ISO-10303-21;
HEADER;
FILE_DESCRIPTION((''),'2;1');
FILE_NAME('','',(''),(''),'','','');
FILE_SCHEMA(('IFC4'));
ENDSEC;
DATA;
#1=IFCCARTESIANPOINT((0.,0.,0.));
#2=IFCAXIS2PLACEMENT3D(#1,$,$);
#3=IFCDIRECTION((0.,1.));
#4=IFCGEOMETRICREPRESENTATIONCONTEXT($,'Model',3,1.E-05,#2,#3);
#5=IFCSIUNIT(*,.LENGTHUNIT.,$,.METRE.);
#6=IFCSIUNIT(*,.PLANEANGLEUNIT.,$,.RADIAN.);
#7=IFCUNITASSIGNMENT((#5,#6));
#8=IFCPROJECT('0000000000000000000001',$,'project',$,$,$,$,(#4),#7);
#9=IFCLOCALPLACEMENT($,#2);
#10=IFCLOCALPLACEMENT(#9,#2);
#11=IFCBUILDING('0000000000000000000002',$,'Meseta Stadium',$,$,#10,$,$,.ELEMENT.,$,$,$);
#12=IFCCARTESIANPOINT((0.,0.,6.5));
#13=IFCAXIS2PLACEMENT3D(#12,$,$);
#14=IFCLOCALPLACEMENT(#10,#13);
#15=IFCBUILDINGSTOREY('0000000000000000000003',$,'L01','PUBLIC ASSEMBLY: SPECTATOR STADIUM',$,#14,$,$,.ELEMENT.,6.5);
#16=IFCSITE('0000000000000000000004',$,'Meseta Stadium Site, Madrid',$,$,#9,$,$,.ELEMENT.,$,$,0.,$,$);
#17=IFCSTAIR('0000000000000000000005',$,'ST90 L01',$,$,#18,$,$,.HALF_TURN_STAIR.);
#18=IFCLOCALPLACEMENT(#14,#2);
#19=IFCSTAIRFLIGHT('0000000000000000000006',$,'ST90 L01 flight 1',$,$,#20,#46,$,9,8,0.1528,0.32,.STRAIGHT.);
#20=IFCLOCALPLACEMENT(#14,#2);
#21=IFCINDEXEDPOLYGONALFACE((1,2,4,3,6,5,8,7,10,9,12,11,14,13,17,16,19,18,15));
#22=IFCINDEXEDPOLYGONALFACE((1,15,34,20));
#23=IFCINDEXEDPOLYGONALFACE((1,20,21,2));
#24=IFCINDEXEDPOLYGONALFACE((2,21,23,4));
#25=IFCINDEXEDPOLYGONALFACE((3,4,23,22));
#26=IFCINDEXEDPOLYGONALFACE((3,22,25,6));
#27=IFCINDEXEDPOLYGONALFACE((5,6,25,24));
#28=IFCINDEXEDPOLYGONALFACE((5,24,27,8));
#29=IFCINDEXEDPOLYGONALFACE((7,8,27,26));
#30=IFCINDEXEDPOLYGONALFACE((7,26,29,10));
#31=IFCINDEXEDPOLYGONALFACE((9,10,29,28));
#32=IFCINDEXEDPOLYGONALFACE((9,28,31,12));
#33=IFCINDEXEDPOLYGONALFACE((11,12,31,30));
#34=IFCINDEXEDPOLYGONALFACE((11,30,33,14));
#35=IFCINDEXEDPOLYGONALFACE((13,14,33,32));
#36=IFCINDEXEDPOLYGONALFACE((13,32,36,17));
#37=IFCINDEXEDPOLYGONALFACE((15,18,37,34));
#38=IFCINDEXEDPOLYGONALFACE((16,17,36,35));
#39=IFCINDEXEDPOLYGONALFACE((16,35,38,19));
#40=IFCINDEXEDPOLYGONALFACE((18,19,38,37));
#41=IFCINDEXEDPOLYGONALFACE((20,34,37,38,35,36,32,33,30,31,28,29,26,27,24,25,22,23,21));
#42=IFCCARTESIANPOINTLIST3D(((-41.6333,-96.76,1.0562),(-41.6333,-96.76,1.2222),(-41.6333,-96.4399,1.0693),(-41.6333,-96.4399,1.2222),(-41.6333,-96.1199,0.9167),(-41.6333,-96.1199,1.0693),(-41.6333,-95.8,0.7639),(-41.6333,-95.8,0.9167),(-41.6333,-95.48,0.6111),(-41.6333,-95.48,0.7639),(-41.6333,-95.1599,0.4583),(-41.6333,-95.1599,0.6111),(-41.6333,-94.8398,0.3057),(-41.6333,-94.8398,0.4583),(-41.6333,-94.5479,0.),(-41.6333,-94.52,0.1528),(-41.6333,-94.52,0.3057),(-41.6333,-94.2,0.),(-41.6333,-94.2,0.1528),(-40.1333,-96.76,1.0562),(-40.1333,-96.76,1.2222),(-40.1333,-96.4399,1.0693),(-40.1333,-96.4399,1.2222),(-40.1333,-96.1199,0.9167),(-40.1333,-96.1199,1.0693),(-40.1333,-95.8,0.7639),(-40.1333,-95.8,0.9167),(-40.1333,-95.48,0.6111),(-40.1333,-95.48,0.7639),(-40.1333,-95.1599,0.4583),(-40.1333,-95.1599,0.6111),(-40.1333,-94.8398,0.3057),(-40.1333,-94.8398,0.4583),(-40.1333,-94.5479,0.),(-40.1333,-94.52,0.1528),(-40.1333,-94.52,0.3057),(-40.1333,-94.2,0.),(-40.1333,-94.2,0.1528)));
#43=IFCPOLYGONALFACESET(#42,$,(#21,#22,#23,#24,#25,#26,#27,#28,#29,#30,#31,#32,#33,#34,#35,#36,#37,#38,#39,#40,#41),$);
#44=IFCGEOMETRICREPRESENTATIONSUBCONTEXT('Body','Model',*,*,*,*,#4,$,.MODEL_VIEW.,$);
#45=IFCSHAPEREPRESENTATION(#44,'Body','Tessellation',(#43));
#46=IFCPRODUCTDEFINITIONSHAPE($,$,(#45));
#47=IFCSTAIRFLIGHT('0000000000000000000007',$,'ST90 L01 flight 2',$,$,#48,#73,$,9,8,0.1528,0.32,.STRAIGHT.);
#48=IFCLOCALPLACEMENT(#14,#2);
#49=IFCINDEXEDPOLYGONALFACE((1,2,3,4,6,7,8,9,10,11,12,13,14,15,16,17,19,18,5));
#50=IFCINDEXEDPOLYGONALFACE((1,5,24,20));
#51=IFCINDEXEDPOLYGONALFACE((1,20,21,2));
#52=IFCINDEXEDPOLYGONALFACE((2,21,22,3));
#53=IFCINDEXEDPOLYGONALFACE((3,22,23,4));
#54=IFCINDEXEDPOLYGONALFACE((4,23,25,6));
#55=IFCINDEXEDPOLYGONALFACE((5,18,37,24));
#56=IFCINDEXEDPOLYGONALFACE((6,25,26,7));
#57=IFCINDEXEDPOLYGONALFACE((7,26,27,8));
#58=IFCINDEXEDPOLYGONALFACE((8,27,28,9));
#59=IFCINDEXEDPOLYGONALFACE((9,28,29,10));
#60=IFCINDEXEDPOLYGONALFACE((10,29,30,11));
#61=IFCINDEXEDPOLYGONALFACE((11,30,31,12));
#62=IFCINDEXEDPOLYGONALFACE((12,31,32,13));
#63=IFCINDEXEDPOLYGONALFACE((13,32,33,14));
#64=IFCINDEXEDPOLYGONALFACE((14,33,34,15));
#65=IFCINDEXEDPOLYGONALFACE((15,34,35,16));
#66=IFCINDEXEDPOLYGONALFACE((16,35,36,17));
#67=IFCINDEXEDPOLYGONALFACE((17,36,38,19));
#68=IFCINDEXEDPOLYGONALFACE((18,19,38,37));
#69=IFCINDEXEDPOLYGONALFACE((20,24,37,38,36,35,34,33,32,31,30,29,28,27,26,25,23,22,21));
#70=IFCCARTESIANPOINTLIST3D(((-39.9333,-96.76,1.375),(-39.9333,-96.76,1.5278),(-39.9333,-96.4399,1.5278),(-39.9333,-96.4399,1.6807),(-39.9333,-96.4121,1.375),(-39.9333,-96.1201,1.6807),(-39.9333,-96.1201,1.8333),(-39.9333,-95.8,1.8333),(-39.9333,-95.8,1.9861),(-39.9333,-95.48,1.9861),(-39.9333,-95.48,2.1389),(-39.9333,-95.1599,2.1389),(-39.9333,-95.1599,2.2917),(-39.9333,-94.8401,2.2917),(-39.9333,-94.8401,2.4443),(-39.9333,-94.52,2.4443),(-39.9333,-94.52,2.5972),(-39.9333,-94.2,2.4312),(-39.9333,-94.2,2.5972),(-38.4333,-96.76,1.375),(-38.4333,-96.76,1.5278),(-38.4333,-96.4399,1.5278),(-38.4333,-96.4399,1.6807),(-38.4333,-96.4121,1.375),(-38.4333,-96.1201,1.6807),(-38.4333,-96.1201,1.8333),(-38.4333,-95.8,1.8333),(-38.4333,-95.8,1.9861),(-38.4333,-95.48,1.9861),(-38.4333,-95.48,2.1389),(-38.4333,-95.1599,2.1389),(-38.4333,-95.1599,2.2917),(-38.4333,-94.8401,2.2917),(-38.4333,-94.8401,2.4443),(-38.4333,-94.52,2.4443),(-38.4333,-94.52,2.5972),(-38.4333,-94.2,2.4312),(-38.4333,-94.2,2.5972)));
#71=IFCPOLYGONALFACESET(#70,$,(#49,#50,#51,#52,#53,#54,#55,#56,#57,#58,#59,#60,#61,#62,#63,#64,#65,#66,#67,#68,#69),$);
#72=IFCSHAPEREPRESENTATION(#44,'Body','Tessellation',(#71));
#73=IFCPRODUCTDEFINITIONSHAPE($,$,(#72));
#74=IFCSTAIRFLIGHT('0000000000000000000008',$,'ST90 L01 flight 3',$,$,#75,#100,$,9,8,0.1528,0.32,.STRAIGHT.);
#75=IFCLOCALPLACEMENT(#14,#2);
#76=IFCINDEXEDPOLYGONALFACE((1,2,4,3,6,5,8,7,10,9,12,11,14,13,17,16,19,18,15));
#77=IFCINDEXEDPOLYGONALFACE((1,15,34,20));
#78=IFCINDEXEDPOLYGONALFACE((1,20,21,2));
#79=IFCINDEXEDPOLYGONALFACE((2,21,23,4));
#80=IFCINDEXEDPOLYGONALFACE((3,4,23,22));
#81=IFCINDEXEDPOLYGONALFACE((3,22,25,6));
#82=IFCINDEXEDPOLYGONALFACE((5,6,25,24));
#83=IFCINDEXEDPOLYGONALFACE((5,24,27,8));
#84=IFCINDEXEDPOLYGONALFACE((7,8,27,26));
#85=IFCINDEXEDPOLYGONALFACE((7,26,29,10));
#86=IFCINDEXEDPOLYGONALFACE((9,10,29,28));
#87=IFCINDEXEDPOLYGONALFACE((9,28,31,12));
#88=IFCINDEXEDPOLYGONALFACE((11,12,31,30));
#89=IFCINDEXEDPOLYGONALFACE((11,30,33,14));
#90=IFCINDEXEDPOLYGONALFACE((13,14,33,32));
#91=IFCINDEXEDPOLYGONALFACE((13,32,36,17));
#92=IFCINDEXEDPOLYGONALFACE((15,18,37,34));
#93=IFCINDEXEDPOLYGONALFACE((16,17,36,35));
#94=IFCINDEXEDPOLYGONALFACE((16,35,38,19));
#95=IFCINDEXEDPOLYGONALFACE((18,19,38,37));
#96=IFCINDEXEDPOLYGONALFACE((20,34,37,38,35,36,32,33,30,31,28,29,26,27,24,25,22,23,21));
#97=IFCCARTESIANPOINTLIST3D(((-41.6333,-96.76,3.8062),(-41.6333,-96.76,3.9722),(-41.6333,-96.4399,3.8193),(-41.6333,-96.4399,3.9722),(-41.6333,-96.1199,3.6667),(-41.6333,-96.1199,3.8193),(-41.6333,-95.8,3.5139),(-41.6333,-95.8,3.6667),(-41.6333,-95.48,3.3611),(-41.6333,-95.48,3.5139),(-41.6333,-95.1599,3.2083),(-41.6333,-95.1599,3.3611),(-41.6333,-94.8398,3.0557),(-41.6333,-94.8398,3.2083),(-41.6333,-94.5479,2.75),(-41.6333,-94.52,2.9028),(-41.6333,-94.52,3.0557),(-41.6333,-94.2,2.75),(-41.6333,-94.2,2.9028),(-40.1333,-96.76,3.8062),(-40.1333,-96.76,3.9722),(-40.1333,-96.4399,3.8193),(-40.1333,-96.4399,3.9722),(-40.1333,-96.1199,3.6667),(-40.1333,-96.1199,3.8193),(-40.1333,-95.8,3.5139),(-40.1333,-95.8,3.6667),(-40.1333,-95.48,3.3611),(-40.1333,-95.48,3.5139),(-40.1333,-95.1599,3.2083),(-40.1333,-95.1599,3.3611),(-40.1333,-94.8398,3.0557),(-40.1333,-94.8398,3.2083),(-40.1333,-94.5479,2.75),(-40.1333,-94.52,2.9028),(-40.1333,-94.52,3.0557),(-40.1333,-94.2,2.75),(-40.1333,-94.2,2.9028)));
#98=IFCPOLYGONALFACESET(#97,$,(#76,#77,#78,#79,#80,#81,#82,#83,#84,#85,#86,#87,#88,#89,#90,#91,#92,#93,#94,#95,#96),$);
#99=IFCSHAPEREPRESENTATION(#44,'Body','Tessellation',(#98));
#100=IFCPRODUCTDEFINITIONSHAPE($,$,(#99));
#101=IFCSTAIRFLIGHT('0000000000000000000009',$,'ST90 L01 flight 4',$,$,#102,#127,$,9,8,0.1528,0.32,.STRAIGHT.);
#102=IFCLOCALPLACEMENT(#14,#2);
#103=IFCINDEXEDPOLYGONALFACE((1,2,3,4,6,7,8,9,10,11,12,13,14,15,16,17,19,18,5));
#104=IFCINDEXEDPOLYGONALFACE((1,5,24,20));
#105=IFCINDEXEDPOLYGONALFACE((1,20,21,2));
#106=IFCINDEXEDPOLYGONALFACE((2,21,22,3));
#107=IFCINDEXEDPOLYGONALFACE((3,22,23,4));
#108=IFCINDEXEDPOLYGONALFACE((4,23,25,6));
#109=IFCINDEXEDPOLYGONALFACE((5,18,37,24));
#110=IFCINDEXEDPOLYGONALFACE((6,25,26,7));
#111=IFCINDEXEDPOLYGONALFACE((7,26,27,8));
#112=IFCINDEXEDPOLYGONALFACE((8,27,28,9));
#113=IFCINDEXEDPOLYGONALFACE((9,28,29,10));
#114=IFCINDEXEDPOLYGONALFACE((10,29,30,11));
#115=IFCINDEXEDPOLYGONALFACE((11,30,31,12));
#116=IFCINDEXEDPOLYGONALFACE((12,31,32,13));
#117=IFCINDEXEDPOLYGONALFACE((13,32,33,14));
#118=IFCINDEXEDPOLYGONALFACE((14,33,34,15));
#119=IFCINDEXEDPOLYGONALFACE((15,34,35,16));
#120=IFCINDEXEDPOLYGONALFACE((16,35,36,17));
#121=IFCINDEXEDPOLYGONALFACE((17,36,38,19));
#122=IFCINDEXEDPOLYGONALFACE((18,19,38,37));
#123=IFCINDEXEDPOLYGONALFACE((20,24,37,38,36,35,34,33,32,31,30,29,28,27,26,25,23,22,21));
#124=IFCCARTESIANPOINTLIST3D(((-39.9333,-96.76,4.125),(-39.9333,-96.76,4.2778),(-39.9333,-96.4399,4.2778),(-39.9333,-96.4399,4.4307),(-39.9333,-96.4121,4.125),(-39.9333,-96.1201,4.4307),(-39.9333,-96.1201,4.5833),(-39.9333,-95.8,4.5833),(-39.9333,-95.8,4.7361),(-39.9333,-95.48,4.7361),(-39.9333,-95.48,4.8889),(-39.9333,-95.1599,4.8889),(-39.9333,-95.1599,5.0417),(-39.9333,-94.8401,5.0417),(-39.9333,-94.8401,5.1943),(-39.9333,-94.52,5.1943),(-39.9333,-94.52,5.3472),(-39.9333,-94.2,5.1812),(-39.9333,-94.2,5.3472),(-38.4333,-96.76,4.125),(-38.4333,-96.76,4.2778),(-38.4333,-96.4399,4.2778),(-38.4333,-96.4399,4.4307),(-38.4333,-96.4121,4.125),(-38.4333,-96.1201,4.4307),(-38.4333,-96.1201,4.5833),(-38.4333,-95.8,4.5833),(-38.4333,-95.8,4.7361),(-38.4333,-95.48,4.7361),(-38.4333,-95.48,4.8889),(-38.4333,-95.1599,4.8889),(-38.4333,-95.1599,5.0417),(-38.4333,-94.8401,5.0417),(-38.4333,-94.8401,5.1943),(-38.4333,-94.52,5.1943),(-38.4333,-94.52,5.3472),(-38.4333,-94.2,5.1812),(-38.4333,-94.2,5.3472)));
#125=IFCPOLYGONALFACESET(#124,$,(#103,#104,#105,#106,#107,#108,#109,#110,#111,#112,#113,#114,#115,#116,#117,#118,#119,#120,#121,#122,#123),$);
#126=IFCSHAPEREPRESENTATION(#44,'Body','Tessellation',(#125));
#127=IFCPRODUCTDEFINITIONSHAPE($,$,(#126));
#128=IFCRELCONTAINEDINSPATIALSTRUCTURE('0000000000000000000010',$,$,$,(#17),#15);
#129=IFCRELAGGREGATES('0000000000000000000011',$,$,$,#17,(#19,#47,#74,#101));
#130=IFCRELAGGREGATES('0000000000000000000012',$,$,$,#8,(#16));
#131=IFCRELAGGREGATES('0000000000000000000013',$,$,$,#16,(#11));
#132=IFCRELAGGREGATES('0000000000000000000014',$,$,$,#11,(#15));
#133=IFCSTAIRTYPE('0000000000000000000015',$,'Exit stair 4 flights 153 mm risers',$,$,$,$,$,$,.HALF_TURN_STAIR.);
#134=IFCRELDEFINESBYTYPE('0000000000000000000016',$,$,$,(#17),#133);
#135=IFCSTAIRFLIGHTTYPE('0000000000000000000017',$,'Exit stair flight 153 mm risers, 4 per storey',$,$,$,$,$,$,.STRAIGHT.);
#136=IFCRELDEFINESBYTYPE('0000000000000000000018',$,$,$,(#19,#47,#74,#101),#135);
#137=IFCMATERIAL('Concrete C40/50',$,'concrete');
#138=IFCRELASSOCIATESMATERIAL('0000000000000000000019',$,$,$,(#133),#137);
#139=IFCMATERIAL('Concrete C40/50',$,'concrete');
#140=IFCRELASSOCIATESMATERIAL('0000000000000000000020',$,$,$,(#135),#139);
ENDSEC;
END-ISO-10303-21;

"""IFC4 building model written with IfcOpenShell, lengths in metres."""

from ifc_helpers import new_model, si_unit, direction, frame, origin, place, context, subcontext, project, spatial, polyline, outline, extrude, material, type_object, element, aggregate, save


model = new_model("IFC4")

# Units and contexts
model_context = context("Model", 3, precision=1e-05, world=origin(), true_north=direction((0.0, 1.0)))
body_context = subcontext(model_context, "Body", "Model", "MODEL_VIEW")
ifc_project = project(units=[si_unit("LENGTHUNIT", "METRE"), si_unit("PLANEANGLEUNIT", "RADIAN")], contexts=[model_context])

# Site, building, storey
site_placement = place(None, origin())
site = spatial("IfcSite", under=ifc_project, at=site_placement, Name="Meseta Stadium Site, Madrid", CompositionType="ELEMENT", RefElevation=0.0)
building_placement = place(site_placement, origin())
building = spatial("IfcBuilding", under=site, at=building_placement, Name="Meseta Stadium", CompositionType="ELEMENT")
storey_placement = place(building_placement, frame((0.0, 0.0, 6.5)))
storey = spatial("IfcBuildingStorey", under=building, at=storey_placement, Name="L01", Description="PUBLIC ASSEMBLY: SPECTATOR STADIUM", CompositionType="ELEMENT", Elevation=6.5)

# Stair, stair flights
ifc_material_1 = material(Name="Concrete C40/50", Category="concrete")
stair_type = type_object("IfcStairType", Name="Exit stair 4 flights 153 mm risers", PredefinedType="HALF_TURN_STAIR", material=ifc_material_1)
ifc_material_2 = material(Name="Concrete C40/50", Category="concrete")
stair_flight_type = type_object("IfcStairFlightType", Name="Exit stair flight 153 mm risers, 4 per storey", PredefinedType="STRAIGHT", material=ifc_material_2)
stair_1_placement = place(storey_placement, origin())
stair_1 = element("IfcStair", 1, at=stair_1_placement, inside=storey, type_object=stair_type, Name="ST90 L01", PredefinedType="HALF_TURN_STAIR")
stair_flight_1_placement = place(storey_placement, frame((-40.8833, -94.2, 0.0), z_axis=(0.0, 0.0, 1.0), x_axis=(0.0, -1.0, 0.0)))
stair_flight_1 = element("IfcStairFlight", 2, at=stair_flight_1_placement, type_object=stair_flight_type, Name="ST90 L01 flight 1", NumberOfRisers=9, NumberOfTreads=8, PredefinedType="STRAIGHT", RiserHeight=0.1528, TreadLength=0.32, context=body_context, shape_type="SweptSolid", body=[
    extrude(outline(polyline([(0.0, 0.0), (0.0, 0.1528), (0.3201, 0.1528), (0.3201, 0.3057), (0.6399, 0.3057), (0.6399, 0.4583), (0.96, 0.4583), (0.96, 0.6111), (1.28, 0.6111), (1.28, 0.7639), (1.6001, 0.7639), (1.6001, 0.9167), (1.9199, 0.9167), (1.9199, 1.0693), (2.24, 1.0693), (2.24, 1.2222), (2.5601, 1.2222), (2.5601, 1.0562), (0.3479, 0.0), (0.0, 0.0)])), frame((0.0, 0.75, 0.0), z_axis=(0.0, -1.0, 0.0), x_axis=(1.0, 0.0, 0.0)), (0.0, 0.0, 1.0), 1.5),
])
stair_flight_2_placement = place(storey_placement, frame((-39.1833, -96.76, 1.375), z_axis=(0.0, 0.0, 1.0), x_axis=(0.0, 1.0, 0.0)))
stair_flight_2 = element("IfcStairFlight", 3, at=stair_flight_2_placement, type_object=stair_flight_type, Name="ST90 L01 flight 2", NumberOfRisers=9, NumberOfTreads=8, PredefinedType="STRAIGHT", RiserHeight=0.1528, TreadLength=0.32, context=body_context, shape_type="SweptSolid", body=[
    extrude(outline(polyline([(0.0, 0.0), (0.0, 0.1528), (0.3201, 0.1528), (0.3201, 0.3057), (0.6399, 0.3057), (0.6399, 0.4583), (0.96, 0.4583), (0.96, 0.6111), (1.28, 0.6111), (1.28, 0.7639), (1.6001, 0.7639), (1.6001, 0.9167), (1.9199, 0.9167), (1.9199, 1.0693), (2.24, 1.0693), (2.24, 1.2222), (2.5601, 1.2222), (2.5601, 1.0562), (0.3479, 0.0), (0.0, 0.0)])), frame((0.0, 0.75, 0.0), z_axis=(0.0, -1.0, 0.0), x_axis=(1.0, 0.0, 0.0)), (0.0, 0.0, 1.0), 1.5),
])
stair_flight_3_placement = place(storey_placement, frame((-40.8833, -94.2, 2.75), z_axis=(0.0, 0.0, 1.0), x_axis=(0.0, -1.0, 0.0)))
stair_flight_3 = element("IfcStairFlight", 4, at=stair_flight_3_placement, type_object=stair_flight_type, Name="ST90 L01 flight 3", NumberOfRisers=9, NumberOfTreads=8, PredefinedType="STRAIGHT", RiserHeight=0.1528, TreadLength=0.32, context=body_context, shape_type="SweptSolid", body=[
    extrude(outline(polyline([(0.0, 0.0), (0.0, 0.1528), (0.3201, 0.1528), (0.3201, 0.3057), (0.6399, 0.3057), (0.6399, 0.4583), (0.96, 0.4583), (0.96, 0.6111), (1.28, 0.6111), (1.28, 0.7639), (1.6001, 0.7639), (1.6001, 0.9167), (1.9199, 0.9167), (1.9199, 1.0693), (2.24, 1.0693), (2.24, 1.2222), (2.5601, 1.2222), (2.5601, 1.0562), (0.3479, 0.0), (0.0, 0.0)])), frame((0.0, 0.75, 0.0), z_axis=(0.0, -1.0, 0.0), x_axis=(1.0, 0.0, 0.0)), (0.0, 0.0, 1.0), 1.5),
])
stair_flight_4_placement = place(storey_placement, frame((-39.1833, -96.76, 4.125), z_axis=(0.0, 0.0, 1.0), x_axis=(0.0, 1.0, 0.0)))
stair_flight_4 = element("IfcStairFlight", 5, at=stair_flight_4_placement, type_object=stair_flight_type, Name="ST90 L01 flight 4", NumberOfRisers=9, NumberOfTreads=8, PredefinedType="STRAIGHT", RiserHeight=0.1528, TreadLength=0.32, context=body_context, shape_type="SweptSolid", body=[
    extrude(outline(polyline([(0.0, 0.0), (0.0, 0.1528), (0.3201, 0.1528), (0.3201, 0.3057), (0.6399, 0.3057), (0.6399, 0.4583), (0.96, 0.4583), (0.96, 0.6111), (1.28, 0.6111), (1.28, 0.7639), (1.6001, 0.7639), (1.6001, 0.9167), (1.9199, 0.9167), (1.9199, 1.0693), (2.24, 1.0693), (2.24, 1.2222), (2.5601, 1.2222), (2.5601, 1.0562), (0.3479, 0.0), (0.0, 0.0)])), frame((0.0, 0.75, 0.0), z_axis=(0.0, -1.0, 0.0), x_axis=(1.0, 0.0, 0.0)), (0.0, 0.0, 1.0), 1.5),
])
aggregate(stair_1, [stair_flight_1, stair_flight_2, stair_flight_3, stair_flight_4])

save(model, "model.ifc")
